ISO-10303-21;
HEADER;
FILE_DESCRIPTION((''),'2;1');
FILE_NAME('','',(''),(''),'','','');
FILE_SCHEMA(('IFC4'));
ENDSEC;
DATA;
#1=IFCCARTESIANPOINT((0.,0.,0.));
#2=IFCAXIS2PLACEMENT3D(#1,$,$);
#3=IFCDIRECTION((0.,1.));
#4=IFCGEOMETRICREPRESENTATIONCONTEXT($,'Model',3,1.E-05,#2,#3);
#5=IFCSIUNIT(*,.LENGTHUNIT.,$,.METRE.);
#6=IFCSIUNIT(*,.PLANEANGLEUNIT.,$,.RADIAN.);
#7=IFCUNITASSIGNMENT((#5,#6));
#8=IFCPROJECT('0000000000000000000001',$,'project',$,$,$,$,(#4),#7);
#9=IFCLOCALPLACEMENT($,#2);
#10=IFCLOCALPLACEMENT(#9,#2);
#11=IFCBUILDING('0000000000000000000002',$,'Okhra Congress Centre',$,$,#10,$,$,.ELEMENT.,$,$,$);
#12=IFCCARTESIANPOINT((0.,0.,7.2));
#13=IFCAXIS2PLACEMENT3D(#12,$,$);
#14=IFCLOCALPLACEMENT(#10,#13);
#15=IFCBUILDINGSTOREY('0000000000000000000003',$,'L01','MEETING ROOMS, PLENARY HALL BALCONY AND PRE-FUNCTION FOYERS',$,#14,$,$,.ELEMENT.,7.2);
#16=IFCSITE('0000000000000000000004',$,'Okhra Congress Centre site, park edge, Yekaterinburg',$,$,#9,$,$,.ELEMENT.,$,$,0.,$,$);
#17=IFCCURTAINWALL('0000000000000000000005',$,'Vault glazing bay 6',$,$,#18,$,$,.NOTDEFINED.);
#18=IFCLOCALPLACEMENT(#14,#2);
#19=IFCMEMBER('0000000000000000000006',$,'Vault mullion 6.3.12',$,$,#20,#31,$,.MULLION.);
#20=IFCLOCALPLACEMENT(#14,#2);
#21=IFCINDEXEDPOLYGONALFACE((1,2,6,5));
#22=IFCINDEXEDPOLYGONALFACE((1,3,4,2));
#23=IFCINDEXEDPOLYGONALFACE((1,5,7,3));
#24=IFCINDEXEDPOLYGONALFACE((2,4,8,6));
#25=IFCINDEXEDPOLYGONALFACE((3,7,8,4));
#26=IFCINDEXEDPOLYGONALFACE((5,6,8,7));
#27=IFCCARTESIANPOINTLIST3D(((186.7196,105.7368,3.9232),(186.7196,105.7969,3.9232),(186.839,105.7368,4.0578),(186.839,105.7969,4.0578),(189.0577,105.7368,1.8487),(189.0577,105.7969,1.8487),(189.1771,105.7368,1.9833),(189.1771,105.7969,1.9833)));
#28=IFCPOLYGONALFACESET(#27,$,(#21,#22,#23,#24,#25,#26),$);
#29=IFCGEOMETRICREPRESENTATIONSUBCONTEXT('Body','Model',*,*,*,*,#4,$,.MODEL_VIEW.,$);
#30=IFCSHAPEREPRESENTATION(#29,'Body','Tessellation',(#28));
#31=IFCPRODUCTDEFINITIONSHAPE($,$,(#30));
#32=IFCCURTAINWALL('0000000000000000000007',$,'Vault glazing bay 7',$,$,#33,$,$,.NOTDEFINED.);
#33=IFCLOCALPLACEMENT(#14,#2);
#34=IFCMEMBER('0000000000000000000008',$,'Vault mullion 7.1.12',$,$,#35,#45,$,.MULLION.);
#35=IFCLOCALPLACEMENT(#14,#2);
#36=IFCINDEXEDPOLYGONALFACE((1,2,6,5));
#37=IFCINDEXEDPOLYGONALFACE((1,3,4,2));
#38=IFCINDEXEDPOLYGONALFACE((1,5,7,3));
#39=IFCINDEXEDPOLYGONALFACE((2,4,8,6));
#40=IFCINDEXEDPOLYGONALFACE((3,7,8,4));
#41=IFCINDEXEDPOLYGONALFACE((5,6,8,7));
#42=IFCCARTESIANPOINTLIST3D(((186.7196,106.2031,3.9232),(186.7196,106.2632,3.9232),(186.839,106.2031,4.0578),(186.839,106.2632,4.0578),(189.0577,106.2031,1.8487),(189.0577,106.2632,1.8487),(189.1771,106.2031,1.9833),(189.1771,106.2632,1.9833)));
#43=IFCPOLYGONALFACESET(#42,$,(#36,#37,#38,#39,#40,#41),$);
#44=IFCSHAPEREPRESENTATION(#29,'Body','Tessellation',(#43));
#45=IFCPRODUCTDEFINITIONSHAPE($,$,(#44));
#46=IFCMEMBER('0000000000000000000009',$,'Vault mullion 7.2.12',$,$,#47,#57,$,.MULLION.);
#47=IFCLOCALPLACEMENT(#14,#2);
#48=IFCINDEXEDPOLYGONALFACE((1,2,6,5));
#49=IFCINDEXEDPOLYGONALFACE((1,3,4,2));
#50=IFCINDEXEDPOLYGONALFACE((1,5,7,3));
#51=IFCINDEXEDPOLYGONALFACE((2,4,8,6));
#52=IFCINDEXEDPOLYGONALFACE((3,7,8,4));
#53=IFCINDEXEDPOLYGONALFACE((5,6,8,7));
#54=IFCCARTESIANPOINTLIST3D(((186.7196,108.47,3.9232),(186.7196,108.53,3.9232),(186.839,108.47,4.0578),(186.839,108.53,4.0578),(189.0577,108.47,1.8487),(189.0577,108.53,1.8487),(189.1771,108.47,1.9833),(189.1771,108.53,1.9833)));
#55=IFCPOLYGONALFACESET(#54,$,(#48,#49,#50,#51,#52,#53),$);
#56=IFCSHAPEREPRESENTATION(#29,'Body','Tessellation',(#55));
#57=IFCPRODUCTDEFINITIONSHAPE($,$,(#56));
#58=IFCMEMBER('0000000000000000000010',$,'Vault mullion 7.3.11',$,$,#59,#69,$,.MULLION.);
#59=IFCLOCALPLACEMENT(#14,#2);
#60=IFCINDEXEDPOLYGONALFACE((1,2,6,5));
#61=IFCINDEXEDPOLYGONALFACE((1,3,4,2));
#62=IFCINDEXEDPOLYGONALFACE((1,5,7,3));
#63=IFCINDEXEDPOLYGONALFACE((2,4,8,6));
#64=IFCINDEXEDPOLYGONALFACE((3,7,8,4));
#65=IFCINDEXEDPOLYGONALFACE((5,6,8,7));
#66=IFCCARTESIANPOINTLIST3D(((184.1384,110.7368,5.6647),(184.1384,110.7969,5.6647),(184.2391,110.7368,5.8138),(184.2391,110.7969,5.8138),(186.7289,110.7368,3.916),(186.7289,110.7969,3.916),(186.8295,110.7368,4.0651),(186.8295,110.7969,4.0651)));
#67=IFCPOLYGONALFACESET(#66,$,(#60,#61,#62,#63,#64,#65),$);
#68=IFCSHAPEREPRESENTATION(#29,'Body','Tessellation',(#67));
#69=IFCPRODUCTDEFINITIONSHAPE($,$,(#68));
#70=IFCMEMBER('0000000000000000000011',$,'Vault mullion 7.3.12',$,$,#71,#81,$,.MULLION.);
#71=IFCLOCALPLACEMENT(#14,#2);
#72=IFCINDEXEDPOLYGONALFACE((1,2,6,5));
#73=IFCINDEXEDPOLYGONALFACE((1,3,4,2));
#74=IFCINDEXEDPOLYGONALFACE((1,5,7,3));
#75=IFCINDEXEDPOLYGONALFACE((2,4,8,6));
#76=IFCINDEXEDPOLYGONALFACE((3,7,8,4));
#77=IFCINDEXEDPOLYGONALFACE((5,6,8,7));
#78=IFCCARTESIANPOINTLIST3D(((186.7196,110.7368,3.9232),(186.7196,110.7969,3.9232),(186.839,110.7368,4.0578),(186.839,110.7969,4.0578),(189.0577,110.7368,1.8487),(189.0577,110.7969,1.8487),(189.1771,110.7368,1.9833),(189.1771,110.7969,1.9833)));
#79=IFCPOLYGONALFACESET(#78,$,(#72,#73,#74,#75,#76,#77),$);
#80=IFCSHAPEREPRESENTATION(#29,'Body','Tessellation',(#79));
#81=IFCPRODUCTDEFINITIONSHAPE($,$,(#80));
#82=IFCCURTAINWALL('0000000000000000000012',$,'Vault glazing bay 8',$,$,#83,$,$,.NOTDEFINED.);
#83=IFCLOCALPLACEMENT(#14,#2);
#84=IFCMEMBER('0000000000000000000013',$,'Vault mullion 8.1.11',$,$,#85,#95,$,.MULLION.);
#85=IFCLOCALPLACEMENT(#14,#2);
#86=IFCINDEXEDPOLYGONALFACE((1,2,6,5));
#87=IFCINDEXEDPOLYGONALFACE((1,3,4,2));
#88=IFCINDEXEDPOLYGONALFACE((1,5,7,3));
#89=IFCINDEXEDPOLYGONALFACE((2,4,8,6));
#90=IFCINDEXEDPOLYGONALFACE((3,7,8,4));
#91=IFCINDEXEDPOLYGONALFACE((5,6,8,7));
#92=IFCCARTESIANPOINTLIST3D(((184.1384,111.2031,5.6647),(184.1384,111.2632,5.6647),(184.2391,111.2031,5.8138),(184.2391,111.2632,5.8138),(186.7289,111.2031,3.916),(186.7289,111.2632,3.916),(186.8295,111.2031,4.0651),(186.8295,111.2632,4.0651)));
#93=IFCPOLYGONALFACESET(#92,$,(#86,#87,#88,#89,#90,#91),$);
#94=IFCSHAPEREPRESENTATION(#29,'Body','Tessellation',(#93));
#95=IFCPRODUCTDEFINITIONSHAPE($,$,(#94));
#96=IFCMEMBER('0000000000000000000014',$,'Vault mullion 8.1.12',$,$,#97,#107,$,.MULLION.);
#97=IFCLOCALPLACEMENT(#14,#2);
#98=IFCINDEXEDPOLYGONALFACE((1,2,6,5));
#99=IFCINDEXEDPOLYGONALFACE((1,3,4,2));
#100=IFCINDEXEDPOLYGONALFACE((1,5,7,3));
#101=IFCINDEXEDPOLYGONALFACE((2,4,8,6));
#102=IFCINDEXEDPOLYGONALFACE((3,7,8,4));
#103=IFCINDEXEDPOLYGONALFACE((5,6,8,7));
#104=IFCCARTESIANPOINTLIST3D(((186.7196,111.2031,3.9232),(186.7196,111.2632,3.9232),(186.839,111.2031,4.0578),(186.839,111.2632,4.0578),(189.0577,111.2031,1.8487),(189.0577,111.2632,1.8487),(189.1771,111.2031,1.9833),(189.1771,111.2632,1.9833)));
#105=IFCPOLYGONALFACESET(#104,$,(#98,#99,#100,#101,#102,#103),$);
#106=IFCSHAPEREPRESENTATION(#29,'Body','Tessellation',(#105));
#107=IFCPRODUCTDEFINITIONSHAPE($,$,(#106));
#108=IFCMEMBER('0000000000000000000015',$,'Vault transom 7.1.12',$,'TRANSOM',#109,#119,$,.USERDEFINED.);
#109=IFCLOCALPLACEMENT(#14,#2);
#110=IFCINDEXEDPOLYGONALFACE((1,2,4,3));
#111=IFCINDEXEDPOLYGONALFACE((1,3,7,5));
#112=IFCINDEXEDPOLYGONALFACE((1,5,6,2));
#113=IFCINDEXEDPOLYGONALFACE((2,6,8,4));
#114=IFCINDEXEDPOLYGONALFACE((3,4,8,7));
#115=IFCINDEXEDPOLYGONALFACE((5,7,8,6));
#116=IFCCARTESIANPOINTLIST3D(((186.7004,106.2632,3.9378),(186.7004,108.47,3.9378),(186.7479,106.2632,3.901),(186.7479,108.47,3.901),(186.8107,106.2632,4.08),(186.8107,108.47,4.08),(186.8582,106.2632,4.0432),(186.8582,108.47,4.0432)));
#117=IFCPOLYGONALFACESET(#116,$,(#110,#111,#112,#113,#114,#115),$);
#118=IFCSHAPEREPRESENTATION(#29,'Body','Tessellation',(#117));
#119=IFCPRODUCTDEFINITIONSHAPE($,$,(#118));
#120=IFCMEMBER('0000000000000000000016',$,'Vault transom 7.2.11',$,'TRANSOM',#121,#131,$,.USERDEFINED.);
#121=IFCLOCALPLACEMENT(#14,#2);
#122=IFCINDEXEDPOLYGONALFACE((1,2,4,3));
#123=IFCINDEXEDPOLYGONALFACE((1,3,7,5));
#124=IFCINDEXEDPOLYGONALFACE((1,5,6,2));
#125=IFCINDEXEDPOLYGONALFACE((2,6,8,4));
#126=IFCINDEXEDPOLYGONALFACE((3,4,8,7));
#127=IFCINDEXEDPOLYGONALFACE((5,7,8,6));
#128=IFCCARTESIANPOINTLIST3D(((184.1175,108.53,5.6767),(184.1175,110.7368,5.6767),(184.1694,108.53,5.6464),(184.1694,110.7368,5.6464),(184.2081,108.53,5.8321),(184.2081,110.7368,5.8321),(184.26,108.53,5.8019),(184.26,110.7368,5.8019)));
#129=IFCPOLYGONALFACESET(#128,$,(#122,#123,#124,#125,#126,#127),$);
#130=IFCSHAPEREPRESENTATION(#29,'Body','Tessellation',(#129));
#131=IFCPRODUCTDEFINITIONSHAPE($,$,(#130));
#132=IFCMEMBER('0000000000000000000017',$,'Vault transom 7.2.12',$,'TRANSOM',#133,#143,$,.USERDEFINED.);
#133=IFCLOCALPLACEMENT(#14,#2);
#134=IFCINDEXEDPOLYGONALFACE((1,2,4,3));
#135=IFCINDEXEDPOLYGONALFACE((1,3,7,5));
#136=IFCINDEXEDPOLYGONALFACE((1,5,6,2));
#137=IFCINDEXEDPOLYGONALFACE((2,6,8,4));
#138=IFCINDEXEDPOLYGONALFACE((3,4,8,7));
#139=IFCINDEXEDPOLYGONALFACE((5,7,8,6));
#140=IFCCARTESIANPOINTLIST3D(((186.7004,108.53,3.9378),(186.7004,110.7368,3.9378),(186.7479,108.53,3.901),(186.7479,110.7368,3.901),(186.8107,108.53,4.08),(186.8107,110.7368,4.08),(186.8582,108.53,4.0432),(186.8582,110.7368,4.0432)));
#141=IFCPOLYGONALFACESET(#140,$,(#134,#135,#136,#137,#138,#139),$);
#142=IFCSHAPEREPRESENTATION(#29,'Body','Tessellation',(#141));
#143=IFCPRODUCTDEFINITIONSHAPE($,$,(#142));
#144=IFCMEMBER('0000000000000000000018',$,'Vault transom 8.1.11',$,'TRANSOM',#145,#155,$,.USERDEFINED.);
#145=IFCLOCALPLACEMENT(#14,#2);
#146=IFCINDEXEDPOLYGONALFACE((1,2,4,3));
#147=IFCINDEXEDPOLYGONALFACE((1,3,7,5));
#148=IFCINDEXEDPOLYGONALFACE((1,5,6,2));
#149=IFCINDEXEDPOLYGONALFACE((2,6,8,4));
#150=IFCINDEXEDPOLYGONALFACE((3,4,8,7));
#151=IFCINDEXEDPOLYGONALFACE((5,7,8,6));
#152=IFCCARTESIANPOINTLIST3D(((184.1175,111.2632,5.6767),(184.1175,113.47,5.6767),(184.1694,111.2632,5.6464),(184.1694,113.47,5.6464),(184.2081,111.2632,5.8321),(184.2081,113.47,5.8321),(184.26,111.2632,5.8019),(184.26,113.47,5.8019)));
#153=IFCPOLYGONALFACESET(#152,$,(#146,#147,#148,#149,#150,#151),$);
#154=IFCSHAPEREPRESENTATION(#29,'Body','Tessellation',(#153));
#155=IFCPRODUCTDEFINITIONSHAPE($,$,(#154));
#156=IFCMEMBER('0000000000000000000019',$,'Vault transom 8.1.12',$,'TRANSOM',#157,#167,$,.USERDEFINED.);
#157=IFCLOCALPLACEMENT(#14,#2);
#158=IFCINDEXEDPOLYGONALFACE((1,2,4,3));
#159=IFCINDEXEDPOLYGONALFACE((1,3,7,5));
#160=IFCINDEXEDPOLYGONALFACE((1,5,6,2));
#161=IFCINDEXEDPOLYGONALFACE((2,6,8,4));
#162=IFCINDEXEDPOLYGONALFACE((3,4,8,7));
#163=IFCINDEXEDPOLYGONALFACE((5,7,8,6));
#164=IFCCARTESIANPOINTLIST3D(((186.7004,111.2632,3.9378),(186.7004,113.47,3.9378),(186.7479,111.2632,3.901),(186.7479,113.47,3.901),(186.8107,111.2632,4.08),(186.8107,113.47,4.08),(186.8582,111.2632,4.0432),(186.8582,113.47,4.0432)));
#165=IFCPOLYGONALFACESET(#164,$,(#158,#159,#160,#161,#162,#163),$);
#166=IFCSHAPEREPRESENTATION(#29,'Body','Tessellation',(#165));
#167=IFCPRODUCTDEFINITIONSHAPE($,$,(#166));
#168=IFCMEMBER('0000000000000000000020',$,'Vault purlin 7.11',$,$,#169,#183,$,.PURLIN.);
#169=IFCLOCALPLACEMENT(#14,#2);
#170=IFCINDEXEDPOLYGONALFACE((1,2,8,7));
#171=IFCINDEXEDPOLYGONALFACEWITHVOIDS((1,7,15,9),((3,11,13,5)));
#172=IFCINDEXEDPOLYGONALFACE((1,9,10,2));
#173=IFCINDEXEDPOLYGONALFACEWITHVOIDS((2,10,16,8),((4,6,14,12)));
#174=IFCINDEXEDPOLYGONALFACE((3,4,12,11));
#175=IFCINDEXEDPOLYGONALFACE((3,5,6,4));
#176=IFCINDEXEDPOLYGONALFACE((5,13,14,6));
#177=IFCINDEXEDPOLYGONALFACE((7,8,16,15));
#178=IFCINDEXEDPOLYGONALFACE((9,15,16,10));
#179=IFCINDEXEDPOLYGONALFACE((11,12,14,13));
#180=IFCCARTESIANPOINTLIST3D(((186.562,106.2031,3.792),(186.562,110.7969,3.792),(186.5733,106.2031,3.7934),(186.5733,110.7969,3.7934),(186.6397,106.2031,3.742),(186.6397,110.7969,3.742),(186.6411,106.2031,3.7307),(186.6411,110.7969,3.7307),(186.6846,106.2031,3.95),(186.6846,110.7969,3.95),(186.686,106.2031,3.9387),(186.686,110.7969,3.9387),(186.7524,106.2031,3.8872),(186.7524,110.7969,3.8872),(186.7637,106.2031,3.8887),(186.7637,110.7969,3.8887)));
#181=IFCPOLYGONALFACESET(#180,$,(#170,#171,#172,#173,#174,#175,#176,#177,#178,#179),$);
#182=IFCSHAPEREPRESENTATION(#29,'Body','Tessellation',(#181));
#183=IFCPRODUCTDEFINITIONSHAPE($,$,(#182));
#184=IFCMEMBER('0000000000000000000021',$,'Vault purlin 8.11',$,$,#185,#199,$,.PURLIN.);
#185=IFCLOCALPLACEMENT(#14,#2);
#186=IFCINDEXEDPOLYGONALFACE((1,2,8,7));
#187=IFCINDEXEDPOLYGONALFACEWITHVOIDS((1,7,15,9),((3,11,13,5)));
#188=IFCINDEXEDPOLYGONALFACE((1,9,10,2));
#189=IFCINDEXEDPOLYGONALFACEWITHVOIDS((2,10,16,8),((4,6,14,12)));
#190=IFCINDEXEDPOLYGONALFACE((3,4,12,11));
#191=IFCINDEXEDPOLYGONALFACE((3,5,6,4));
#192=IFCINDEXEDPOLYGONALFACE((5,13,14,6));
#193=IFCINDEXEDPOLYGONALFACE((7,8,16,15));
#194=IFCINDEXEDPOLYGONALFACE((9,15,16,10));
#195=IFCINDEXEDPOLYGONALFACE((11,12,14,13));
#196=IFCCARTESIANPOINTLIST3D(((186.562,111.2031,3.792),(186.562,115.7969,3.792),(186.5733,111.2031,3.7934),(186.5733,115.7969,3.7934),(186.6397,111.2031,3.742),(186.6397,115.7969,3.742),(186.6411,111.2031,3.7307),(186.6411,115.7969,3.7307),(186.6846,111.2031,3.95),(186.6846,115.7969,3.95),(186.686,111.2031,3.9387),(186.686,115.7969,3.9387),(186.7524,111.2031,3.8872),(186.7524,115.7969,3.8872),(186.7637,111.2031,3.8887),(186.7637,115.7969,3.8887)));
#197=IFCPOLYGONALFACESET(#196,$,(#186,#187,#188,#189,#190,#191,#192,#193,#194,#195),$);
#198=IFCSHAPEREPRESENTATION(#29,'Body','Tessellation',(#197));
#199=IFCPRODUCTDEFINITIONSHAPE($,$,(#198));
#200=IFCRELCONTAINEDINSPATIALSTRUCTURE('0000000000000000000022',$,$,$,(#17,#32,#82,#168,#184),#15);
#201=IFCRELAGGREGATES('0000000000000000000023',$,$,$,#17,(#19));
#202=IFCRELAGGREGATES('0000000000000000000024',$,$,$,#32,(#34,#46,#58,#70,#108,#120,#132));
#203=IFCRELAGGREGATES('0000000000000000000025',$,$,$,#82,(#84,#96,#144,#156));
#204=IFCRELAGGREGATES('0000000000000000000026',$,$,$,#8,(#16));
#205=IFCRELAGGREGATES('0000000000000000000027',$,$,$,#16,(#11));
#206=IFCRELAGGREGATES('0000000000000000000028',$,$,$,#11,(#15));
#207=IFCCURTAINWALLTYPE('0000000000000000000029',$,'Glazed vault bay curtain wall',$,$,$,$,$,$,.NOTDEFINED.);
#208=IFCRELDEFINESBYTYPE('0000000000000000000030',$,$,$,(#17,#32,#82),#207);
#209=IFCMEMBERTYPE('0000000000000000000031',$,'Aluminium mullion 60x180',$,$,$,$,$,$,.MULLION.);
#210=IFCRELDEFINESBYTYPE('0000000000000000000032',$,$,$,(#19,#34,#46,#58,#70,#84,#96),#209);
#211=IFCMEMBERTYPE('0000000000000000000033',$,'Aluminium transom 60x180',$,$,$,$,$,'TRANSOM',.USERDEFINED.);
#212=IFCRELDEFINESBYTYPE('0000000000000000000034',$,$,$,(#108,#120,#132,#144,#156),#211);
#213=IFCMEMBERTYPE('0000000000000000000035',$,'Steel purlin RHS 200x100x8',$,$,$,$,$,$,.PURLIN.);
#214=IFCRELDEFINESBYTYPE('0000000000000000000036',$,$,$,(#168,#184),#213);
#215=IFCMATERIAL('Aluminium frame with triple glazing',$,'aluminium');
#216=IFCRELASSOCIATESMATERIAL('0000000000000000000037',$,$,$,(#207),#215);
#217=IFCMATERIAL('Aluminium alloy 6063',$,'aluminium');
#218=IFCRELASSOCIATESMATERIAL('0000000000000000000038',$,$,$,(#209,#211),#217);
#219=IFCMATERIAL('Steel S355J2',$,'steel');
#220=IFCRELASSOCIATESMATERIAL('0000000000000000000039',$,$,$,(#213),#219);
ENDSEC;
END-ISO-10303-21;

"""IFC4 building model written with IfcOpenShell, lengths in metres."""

from ifc_helpers import new_model, si_unit, direction, frame, origin, origin_2d, place, context, subcontext, project, spatial, rectangle, hollow_rectangle, extrude, material, material_profile, profile_set, type_object, element, aggregate, save


model = new_model("IFC4")

# Units and contexts
model_context = context("Model", 3, precision=1e-05, world=origin(), true_north=direction((0.0, 1.0)))
body_context = subcontext(model_context, "Body", "Model", "MODEL_VIEW")
ifc_project = project(units=[si_unit("LENGTHUNIT", "METRE"), si_unit("PLANEANGLEUNIT", "RADIAN")], contexts=[model_context])

# Site, building, storey
site_placement = place(None, origin())
site = spatial("IfcSite", under=ifc_project, at=site_placement, Name="Okhra Congress Centre site, park edge, Yekaterinburg", CompositionType="ELEMENT", RefElevation=0.0)
building_placement = place(site_placement, origin())
building = spatial("IfcBuilding", under=site, at=building_placement, Name="Okhra Congress Centre", CompositionType="ELEMENT")
storey_placement = place(building_placement, frame((0.0, 0.0, 7.2)))
storey = spatial("IfcBuildingStorey", under=building, at=storey_placement, Name="L01", Description="MEETING ROOMS, PLENARY HALL BALCONY AND PRE-FUNCTION FOYERS", CompositionType="ELEMENT", Elevation=7.2)

# Curtain wall, member
ifc_material_1 = material(Name="Aluminium frame with triple glazing", Category="aluminium")
curtain_wall_type = type_object("IfcCurtainWallType", Name="Glazed vault bay curtain wall", PredefinedType="NOTDEFINED", material=ifc_material_1)
curtain_wall_1_placement = place(storey_placement, origin())
curtain_wall_1 = element("IfcCurtainWall", 1, at=curtain_wall_1_placement, inside=storey, type_object=curtain_wall_type, Name="Vault glazing bay 6", PredefinedType="NOTDEFINED")
ifc_material_2 = material(Name="Aluminium alloy 6063", Category="aluminium")
ifc_material_profile_1 = material_profile(ifc_material_2, rectangle(XDim=0.0601, YDim=0.1799, at=origin_2d()), Name="AL 60x180")
ifc_profile_set_1 = profile_set([ifc_material_profile_1], Name="Aluminium alloy 6063")
member_type_1 = type_object("IfcMemberType", Name="Aluminium mullion 60x180", PredefinedType="MULLION", material=ifc_profile_set_1)
member_1_placement = place(storey_placement, frame((186.7793, 105.7668, 3.9905), z_axis=(0.748025, 0.0, -0.66367), x_axis=(0.0, 1.0, 0.0)))
member_1 = element("IfcMember", 2, at=member_1_placement, type_object=member_type_1, Name="Vault mullion 6.3.12", PredefinedType="MULLION", context=body_context, shape_type="SweptSolid", body=[
    extrude(rectangle(XDim=0.0601, YDim=0.1799, at=origin_2d()), origin(), (0.0, 0.0, 1.0), 3.1257),
])
aggregate(curtain_wall_1, [member_1])

# Curtain walls, members
curtain_wall_2_placement = place(storey_placement, origin())
curtain_wall_2 = element("IfcCurtainWall", 3, at=curtain_wall_2_placement, inside=storey, type_object=curtain_wall_type, Name="Vault glazing bay 7", PredefinedType="NOTDEFINED")
member_2_placement = place(storey_placement, frame((186.7793, 106.2332, 3.9905), z_axis=(0.748025, 0.0, -0.66367), x_axis=(0.0, 1.0, 0.0)))
member_2 = element("IfcMember", 4, at=member_2_placement, type_object=member_type_1, Name="Vault mullion 7.1.12", PredefinedType="MULLION", context=body_context, shape_type="SweptSolid", body=[
    extrude(rectangle(XDim=0.0601, YDim=0.1799, at=origin_2d()), origin(), (0.0, 0.0, 1.0), 3.1257),
])
member_3_placement = place(storey_placement, frame((186.7793, 108.5, 3.9905), z_axis=(0.748025, 0.0, -0.66367), x_axis=(0.0, 1.0, 0.0)))
member_3 = element("IfcMember", 5, at=member_3_placement, type_object=member_type_1, Name="Vault mullion 7.2.12", PredefinedType="MULLION", context=body_context, shape_type="SweptSolid", body=[
    extrude(rectangle(XDim=0.0601, YDim=0.1799, at=origin_2d()), origin(), (0.0, 0.0, 1.0), 3.1257),
])
member_4_placement = place(storey_placement, frame((184.1887, 110.7668, 5.7393), z_axis=(0.828828, 0.0, -0.559504), x_axis=(0.0, 1.0, 0.0)))
member_4 = element("IfcMember", 6, at=member_4_placement, type_object=member_type_1, Name="Vault mullion 7.3.11", PredefinedType="MULLION", context=body_context, shape_type="SweptSolid", body=[
    extrude(rectangle(XDim=0.0601, YDim=0.1799, at=origin_2d()), origin(), (0.0, 0.0, 1.0), 3.1255),
])
member_5_placement = place(storey_placement, frame((186.7793, 110.7668, 3.9905), z_axis=(0.748025, 0.0, -0.66367), x_axis=(0.0, 1.0, 0.0)))
member_5 = element("IfcMember", 7, at=member_5_placement, type_object=member_type_1, Name="Vault mullion 7.3.12", PredefinedType="MULLION", context=body_context, shape_type="SweptSolid", body=[
    extrude(rectangle(XDim=0.0601, YDim=0.1799, at=origin_2d()), origin(), (0.0, 0.0, 1.0), 3.1257),
])
curtain_wall_3_placement = place(storey_placement, origin())
curtain_wall_3 = element("IfcCurtainWall", 8, at=curtain_wall_3_placement, inside=storey, type_object=curtain_wall_type, Name="Vault glazing bay 8", PredefinedType="NOTDEFINED")
member_6_placement = place(storey_placement, frame((184.1887, 111.2332, 5.7393), z_axis=(0.828828, 0.0, -0.559504), x_axis=(0.0, 1.0, 0.0)))
member_6 = element("IfcMember", 9, at=member_6_placement, type_object=member_type_1, Name="Vault mullion 8.1.11", PredefinedType="MULLION", context=body_context, shape_type="SweptSolid", body=[
    extrude(rectangle(XDim=0.0601, YDim=0.1799, at=origin_2d()), origin(), (0.0, 0.0, 1.0), 3.1255),
])
member_7_placement = place(storey_placement, frame((186.7793, 111.2332, 3.9905), z_axis=(0.748025, 0.0, -0.66367), x_axis=(0.0, 1.0, 0.0)))
member_7 = element("IfcMember", 10, at=member_7_placement, type_object=member_type_1, Name="Vault mullion 8.1.12", PredefinedType="MULLION", context=body_context, shape_type="SweptSolid", body=[
    extrude(rectangle(XDim=0.0601, YDim=0.1799, at=origin_2d()), origin(), (0.0, 0.0, 1.0), 3.1257),
])

# Members
ifc_material_profile_2 = material_profile(ifc_material_2, rectangle(XDim=0.0601, YDim=0.1799, at=origin_2d()), Name="AL 60x180 transom")
ifc_profile_set_2 = profile_set([ifc_material_profile_2], Name="Aluminium alloy 6063")
member_type_2 = type_object("IfcMemberType", Name="Aluminium transom 60x180", ElementType="TRANSOM", PredefinedType="USERDEFINED", material=ifc_profile_set_2)
member_8_placement = place(storey_placement, frame((186.7793, 106.2632, 3.9905), z_axis=(0.0, 1.0, 0.0), x_axis=(-0.790145, 0.0, 0.61292)))
member_8 = element("IfcMember", 11, at=member_8_placement, type_object=member_type_2, Name="Vault transom 7.1.12", ObjectType="TRANSOM", PredefinedType="USERDEFINED", context=body_context, shape_type="SweptSolid", body=[
    extrude(rectangle(XDim=0.0601, YDim=0.1799, at=origin_2d()), origin(), (0.0, 0.0, 1.0), 2.2068),
])
member_9_placement = place(storey_placement, frame((184.1887, 108.53, 5.7393), z_axis=(0.0, 1.0, 0.0), x_axis=(-0.863917, 0.0, 0.503634)))
member_9 = element("IfcMember", 12, at=member_9_placement, type_object=member_type_2, Name="Vault transom 7.2.11", ObjectType="TRANSOM", PredefinedType="USERDEFINED", context=body_context, shape_type="SweptSolid", body=[
    extrude(rectangle(XDim=0.0601, YDim=0.1799, at=origin_2d()), origin(), (0.0, 0.0, 1.0), 2.2068),
])
member_10_placement = place(storey_placement, frame((186.7793, 108.53, 3.9905), z_axis=(0.0, 1.0, 0.0), x_axis=(-0.790145, 0.0, 0.61292)))
member_10 = element("IfcMember", 13, at=member_10_placement, type_object=member_type_2, Name="Vault transom 7.2.12", ObjectType="TRANSOM", PredefinedType="USERDEFINED", context=body_context, shape_type="SweptSolid", body=[
    extrude(rectangle(XDim=0.0601, YDim=0.1799, at=origin_2d()), origin(), (0.0, 0.0, 1.0), 2.2068),
])
member_11_placement = place(storey_placement, frame((184.1887, 111.2632, 5.7393), z_axis=(0.0, 1.0, 0.0), x_axis=(-0.863917, 0.0, 0.503634)))
member_11 = element("IfcMember", 14, at=member_11_placement, type_object=member_type_2, Name="Vault transom 8.1.11", ObjectType="TRANSOM", PredefinedType="USERDEFINED", context=body_context, shape_type="SweptSolid", body=[
    extrude(rectangle(XDim=0.0601, YDim=0.1799, at=origin_2d()), origin(), (0.0, 0.0, 1.0), 2.2068),
])
member_12_placement = place(storey_placement, frame((186.7793, 111.2632, 3.9905), z_axis=(0.0, 1.0, 0.0), x_axis=(-0.790145, 0.0, 0.61292)))
member_12 = element("IfcMember", 15, at=member_12_placement, type_object=member_type_2, Name="Vault transom 8.1.12", ObjectType="TRANSOM", PredefinedType="USERDEFINED", context=body_context, shape_type="SweptSolid", body=[
    extrude(rectangle(XDim=0.0601, YDim=0.1799, at=origin_2d()), origin(), (0.0, 0.0, 1.0), 2.2068),
])

# Members
ifc_material_3 = material(Name="Steel S355J2", Category="steel")
ifc_material_profile_3 = material_profile(ifc_material_3, hollow_rectangle(XDim=0.1001, YDim=0.2, WallThickness=0.0081, at=origin_2d()), Name="RHS 200x100x8")
ifc_profile_set_3 = profile_set([ifc_material_profile_3], Name="Steel S355J2")
member_type_3 = type_object("IfcMemberType", Name="Steel purlin RHS 200x100x8", PredefinedType="PURLIN", material=ifc_profile_set_3)
for number, where, z_axis, x_axis, name in (
    (16, (186.6628, 106.2031, 3.8403), (0.0, 1.0, 0.0), (-0.790145, 0.0, 0.61292), "Vault purlin 7.11"),
    (17, (186.6628, 111.2031, 3.8403), (0.0, 1.0, 0.0), (-0.790145, 0.0, 0.61292), "Vault purlin 8.11"),
):
    element("IfcMember", number, at=place(storey_placement, frame(where, z_axis=z_axis, x_axis=x_axis)), inside=storey, type_object=member_type_3, Name=name, PredefinedType="PURLIN", context=body_context, shape_type="SweptSolid", body=[
        extrude(hollow_rectangle(XDim=0.1001, YDim=0.2, WallThickness=0.0081, at=origin_2d()), origin(), (0.0, 0.0, 1.0), 4.5938),
    ])

aggregate(curtain_wall_2, [member_2, member_3, member_4, member_5, member_8, member_9, member_10])
aggregate(curtain_wall_3, [member_6, member_7, member_11, member_12])

save(model, "model.ifc")
